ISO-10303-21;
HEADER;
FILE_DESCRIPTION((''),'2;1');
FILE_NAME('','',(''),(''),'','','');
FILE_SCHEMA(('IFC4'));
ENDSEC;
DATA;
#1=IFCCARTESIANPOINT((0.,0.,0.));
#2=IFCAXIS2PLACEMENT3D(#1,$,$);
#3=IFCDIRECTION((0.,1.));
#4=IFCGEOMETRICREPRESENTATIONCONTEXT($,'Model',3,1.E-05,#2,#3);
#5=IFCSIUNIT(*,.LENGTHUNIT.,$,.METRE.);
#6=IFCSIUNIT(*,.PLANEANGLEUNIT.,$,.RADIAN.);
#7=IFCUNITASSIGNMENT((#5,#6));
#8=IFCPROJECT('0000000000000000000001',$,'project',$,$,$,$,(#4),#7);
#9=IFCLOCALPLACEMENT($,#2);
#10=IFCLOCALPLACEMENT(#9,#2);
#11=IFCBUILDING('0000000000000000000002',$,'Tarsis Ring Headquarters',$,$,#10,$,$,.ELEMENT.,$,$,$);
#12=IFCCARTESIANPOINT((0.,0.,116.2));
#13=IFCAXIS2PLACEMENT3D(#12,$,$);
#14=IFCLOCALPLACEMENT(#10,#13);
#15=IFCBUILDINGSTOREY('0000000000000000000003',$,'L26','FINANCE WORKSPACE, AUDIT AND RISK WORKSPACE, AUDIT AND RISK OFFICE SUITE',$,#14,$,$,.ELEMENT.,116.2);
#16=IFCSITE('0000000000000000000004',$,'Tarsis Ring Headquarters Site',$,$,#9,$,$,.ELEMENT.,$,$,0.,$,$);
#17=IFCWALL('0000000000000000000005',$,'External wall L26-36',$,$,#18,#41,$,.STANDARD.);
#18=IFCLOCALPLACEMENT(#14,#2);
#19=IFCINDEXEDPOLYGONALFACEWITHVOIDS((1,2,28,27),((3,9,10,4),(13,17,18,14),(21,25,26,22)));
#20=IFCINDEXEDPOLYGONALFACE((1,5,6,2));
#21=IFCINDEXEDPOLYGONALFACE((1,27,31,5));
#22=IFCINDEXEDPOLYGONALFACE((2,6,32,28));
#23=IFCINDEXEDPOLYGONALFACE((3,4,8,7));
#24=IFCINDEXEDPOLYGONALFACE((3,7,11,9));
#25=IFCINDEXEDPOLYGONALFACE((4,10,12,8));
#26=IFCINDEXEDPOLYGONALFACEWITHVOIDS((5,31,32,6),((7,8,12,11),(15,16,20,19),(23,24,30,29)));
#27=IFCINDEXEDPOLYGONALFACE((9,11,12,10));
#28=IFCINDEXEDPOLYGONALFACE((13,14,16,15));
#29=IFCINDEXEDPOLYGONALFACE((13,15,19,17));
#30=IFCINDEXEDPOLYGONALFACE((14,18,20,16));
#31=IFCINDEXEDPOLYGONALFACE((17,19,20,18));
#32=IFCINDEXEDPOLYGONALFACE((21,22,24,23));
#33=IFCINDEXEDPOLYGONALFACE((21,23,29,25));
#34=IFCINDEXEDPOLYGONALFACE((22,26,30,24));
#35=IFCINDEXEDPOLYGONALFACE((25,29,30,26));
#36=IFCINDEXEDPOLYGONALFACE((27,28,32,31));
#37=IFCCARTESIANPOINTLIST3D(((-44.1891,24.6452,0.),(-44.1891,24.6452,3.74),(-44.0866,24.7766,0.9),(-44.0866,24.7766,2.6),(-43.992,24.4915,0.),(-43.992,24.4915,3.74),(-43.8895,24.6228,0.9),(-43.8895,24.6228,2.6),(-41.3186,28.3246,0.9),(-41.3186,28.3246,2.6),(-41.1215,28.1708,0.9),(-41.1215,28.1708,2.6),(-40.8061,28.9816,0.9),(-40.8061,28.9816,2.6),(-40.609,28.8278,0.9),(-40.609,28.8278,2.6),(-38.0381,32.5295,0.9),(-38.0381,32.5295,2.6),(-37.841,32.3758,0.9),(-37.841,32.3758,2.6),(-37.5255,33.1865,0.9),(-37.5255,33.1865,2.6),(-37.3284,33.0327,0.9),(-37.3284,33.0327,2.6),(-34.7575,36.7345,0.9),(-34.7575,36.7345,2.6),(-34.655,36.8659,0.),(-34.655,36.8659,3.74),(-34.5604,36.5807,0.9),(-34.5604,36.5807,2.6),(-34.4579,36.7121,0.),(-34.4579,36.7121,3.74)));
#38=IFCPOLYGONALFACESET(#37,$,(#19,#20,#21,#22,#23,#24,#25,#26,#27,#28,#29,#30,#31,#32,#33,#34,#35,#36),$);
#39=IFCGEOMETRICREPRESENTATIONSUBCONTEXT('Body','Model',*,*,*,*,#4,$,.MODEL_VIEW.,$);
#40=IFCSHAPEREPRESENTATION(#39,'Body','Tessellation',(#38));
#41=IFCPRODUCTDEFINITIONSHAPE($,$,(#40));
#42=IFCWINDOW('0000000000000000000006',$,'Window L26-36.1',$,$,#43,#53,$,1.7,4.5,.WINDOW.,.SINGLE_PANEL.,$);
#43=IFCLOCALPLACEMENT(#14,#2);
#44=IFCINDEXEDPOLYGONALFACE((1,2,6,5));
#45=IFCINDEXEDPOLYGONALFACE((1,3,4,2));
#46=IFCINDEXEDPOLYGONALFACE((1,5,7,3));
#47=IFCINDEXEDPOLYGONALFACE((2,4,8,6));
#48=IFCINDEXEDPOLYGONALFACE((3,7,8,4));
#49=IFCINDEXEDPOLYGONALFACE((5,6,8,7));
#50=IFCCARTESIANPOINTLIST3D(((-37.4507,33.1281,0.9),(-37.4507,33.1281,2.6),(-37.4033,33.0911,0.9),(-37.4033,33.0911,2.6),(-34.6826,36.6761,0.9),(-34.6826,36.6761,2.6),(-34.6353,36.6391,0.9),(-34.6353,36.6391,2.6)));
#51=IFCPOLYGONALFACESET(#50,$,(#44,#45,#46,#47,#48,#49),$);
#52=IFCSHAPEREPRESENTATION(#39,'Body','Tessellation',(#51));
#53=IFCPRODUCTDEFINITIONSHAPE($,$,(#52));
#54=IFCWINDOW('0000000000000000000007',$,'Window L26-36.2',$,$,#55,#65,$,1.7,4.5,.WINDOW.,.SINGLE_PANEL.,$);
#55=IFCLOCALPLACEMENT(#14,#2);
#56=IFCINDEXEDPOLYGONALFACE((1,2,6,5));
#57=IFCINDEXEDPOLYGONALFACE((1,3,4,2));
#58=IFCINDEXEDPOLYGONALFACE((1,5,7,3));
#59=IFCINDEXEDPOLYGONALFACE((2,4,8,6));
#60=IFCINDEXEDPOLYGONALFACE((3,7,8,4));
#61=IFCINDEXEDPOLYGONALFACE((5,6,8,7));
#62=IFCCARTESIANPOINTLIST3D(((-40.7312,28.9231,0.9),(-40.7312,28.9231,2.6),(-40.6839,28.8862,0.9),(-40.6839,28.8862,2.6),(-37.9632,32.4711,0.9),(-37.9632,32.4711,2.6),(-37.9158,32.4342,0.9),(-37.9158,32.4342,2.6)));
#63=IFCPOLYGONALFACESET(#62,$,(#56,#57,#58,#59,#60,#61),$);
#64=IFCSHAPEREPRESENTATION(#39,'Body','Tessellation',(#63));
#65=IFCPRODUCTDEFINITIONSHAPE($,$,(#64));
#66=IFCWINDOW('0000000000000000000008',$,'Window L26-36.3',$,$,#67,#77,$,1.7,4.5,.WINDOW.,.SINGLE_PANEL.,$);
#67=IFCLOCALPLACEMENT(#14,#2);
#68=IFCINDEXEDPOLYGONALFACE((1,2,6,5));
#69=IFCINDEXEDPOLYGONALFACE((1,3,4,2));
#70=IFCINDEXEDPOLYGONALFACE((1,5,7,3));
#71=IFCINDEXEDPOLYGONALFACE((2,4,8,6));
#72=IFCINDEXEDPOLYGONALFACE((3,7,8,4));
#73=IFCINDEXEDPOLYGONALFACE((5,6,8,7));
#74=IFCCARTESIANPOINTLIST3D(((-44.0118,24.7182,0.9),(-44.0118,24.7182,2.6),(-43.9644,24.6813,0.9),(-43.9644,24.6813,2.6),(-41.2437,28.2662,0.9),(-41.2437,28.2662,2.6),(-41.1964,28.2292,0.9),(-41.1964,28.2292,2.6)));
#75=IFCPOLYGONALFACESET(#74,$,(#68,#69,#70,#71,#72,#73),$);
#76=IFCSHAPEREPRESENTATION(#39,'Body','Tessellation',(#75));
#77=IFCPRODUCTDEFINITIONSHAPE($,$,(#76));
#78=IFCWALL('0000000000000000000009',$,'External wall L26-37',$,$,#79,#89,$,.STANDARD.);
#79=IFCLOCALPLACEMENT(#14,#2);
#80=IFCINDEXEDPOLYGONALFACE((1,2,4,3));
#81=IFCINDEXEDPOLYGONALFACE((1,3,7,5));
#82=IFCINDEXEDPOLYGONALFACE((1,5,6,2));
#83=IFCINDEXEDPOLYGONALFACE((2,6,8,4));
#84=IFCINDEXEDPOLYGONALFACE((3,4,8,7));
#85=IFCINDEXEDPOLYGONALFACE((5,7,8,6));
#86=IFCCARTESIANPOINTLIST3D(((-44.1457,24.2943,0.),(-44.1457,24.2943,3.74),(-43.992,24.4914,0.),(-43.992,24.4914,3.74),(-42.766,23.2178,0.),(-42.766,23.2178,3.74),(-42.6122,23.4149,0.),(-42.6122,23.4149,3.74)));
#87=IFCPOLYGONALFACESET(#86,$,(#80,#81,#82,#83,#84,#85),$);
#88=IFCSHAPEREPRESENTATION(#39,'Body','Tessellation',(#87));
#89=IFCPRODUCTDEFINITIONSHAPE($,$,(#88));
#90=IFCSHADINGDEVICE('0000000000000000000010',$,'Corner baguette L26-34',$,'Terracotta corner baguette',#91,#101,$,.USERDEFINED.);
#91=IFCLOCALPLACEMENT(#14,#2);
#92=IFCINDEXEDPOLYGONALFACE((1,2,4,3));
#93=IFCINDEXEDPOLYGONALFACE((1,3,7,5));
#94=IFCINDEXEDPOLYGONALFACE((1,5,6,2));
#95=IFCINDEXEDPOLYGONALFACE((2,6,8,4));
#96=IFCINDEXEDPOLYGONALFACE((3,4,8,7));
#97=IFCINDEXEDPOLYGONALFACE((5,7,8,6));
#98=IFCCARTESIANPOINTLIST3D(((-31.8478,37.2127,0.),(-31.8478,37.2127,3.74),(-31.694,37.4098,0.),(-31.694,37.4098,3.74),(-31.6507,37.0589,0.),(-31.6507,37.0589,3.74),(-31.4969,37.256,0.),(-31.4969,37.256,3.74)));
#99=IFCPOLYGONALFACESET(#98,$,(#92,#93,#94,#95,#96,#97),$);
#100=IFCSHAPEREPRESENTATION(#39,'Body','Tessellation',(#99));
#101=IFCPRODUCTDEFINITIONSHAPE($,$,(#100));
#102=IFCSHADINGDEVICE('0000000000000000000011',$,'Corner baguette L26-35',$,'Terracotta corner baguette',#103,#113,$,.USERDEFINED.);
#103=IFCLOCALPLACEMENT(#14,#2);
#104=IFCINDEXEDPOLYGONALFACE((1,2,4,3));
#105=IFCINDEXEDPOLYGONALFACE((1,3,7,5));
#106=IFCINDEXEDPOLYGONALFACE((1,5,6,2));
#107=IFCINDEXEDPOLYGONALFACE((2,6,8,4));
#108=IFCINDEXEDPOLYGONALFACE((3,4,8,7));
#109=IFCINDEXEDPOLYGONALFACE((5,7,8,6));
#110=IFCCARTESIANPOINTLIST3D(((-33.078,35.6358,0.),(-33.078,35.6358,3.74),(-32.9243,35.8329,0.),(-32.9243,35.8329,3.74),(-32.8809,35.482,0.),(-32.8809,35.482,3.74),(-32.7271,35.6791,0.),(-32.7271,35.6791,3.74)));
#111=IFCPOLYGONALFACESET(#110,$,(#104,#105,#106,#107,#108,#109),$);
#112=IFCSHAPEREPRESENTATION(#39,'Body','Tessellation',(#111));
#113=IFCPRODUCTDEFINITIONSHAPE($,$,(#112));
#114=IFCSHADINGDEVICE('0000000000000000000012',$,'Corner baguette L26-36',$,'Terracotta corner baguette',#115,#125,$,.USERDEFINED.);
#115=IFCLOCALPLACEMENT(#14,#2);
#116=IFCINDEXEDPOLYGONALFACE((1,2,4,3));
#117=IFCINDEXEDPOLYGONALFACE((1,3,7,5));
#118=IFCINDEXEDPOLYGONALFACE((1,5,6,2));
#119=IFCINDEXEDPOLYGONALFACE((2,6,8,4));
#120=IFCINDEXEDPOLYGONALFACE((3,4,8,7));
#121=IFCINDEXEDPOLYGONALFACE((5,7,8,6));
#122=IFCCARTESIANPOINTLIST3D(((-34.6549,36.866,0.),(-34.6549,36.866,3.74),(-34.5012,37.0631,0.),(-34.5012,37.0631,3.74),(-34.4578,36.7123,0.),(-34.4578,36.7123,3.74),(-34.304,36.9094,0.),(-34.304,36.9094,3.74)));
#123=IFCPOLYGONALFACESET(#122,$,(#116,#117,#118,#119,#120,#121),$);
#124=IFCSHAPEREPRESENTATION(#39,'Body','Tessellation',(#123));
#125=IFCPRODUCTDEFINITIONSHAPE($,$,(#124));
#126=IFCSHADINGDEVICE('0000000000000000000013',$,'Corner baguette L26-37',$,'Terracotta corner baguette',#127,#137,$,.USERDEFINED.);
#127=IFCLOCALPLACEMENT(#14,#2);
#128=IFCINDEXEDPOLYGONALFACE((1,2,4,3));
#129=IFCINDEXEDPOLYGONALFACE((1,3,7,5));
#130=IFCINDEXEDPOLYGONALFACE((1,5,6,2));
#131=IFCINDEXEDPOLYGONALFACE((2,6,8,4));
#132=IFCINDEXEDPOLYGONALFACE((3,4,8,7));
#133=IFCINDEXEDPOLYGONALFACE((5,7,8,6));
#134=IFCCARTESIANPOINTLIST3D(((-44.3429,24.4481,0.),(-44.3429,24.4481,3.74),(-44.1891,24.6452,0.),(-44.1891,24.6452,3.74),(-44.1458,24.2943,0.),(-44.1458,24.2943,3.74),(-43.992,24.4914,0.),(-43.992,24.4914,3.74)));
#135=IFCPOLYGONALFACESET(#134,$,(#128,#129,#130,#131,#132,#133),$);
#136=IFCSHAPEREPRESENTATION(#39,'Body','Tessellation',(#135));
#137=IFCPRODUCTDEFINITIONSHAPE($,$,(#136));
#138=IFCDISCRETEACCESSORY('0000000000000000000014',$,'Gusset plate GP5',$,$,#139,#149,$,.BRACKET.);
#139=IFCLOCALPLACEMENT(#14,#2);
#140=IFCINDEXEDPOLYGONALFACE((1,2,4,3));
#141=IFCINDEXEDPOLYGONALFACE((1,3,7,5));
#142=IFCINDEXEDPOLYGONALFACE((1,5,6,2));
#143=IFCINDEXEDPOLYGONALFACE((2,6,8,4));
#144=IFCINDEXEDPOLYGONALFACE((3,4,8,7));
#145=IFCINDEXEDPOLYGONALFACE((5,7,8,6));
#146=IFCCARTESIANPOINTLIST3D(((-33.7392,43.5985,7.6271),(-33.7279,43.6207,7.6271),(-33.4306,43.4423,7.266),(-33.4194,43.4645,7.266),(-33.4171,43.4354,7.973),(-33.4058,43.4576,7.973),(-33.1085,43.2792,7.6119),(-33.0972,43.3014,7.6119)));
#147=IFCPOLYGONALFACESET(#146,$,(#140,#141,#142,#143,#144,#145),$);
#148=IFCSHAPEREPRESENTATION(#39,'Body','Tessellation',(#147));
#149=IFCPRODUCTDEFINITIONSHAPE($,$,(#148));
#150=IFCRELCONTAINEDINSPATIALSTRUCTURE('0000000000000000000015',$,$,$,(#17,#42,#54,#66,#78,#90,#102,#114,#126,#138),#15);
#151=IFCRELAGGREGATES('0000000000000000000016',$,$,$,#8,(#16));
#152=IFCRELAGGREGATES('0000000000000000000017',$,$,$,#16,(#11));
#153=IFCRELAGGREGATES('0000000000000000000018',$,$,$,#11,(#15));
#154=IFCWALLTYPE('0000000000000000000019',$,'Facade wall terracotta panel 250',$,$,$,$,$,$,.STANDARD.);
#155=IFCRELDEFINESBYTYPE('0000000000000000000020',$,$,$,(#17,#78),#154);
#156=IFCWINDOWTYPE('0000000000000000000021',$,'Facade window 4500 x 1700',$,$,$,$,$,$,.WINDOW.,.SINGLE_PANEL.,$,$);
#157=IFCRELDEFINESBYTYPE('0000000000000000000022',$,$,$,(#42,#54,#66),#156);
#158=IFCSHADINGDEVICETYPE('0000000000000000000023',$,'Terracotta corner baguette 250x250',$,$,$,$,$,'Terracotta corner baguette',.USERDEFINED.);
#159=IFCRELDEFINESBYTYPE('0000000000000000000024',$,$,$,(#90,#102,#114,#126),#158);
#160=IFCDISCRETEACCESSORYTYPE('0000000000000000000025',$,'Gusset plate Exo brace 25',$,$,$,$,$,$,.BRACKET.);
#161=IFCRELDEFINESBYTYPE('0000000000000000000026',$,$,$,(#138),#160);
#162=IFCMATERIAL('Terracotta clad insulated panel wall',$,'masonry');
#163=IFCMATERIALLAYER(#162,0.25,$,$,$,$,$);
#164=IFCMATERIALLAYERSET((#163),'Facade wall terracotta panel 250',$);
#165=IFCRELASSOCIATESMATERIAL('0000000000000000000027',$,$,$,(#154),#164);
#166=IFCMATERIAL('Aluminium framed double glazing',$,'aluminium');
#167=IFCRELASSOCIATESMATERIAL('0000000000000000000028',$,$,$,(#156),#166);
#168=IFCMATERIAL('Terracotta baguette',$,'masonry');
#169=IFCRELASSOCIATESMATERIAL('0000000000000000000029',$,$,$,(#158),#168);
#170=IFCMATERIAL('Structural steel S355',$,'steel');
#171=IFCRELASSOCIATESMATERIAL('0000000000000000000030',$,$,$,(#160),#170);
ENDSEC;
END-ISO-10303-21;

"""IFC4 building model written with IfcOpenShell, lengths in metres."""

from ifc_helpers import new_model, si_unit, direction, frame, frame_2d, origin, origin_2d, place, context, subcontext, project, spatial, rectangle, extrude, material, layer, layer_set, material_profile, profile_set, type_object, element, fill, save


model = new_model("IFC4")

# Units and contexts
model_context = context("Model", 3, precision=1e-05, world=origin(), true_north=direction((0.0, 1.0)))
body_context = subcontext(model_context, "Body", "Model", "MODEL_VIEW")
ifc_project = project(units=[si_unit("LENGTHUNIT", "METRE"), si_unit("PLANEANGLEUNIT", "RADIAN")], contexts=[model_context])

# Site, building, storey
site_placement = place(None, origin())
site = spatial("IfcSite", under=ifc_project, at=site_placement, Name="Tarsis Ring Headquarters Site", CompositionType="ELEMENT", RefElevation=0.0)
building_placement = place(site_placement, origin())
building = spatial("IfcBuilding", under=site, at=building_placement, Name="Tarsis Ring Headquarters", CompositionType="ELEMENT")
storey_placement = place(building_placement, frame((0.0, 0.0, 116.2)))
storey = spatial("IfcBuildingStorey", under=building, at=storey_placement, Name="L26", Description="FINANCE WORKSPACE, AUDIT AND RISK WORKSPACE, AUDIT AND RISK OFFICE SUITE", CompositionType="ELEMENT", Elevation=116.2)

# Shared definitions
ifc_material_1 = material(Name="Structural steel S355", Category="steel")

# Shared definitions
ifc_material_2 = material(Name="Terracotta clad insulated panel wall", Category="masonry")
ifc_layer_1 = layer(ifc_material_2, 0.25)
ifc_layer_set_1 = layer_set([ifc_layer_1], Name="Facade wall terracotta panel 250")
wall_type_1 = type_object("IfcWallType", Name="Facade wall terracotta panel 250", PredefinedType="STANDARD", material=ifc_layer_set_1)

# Wall, openings, windows
wall_1_placement = place(storey_placement, frame((-34.5564, 36.7891, 0.0), z_axis=(0.0, 0.0, 1.0), x_axis=(-0.615113, -0.788439, 0.0)))
wall_1 = element("IfcWall", 1, at=wall_1_placement, inside=storey, type_object=wall_type_1, Name="External wall L26-36", PredefinedType="STANDARD", context=body_context, shape_type="SweptSolid", body=[
    extrude(rectangle(XDim=15.4998, YDim=0.25, at=frame_2d((7.75, 0.0))), origin(), (0.0, 0.0, 1.0), 3.74),
])
opening_1_placement = place(wall_1_placement, frame((0.1667, 0.0, 0.8999)))
opening_1 = element("IfcOpeningElement", 2, at=opening_1_placement, cuts=wall_1, PredefinedType="OPENING", context=body_context, shape_type="SweptSolid", body=[
    extrude(rectangle(XDim=4.5, YDim=1.7, at=frame_2d((2.25, 0.8501))), frame((0.0, 0.135, 0.0), z_axis=(0.0, -1.0, 0.0), x_axis=(1.0, 0.0, 0.0)), (0.0, 0.0, 1.0), 0.27),
])
opening_2_placement = place(wall_1_placement, frame((5.5, 0.0, 0.8999)))
opening_2 = element("IfcOpeningElement", 3, at=opening_2_placement, cuts=wall_1, PredefinedType="OPENING", context=body_context, shape_type="SweptSolid", body=[
    extrude(rectangle(XDim=4.5, YDim=1.7, at=frame_2d((2.25, 0.8501))), frame((0.0, 0.135, 0.0), z_axis=(0.0, -1.0, 0.0), x_axis=(1.0, 0.0, 0.0)), (0.0, 0.0, 1.0), 0.27),
])
opening_3_placement = place(wall_1_placement, frame((10.8333, 0.0, 0.8999)))
opening_3 = element("IfcOpeningElement", 4, at=opening_3_placement, cuts=wall_1, PredefinedType="OPENING", context=body_context, shape_type="SweptSolid", body=[
    extrude(rectangle(XDim=4.5, YDim=1.7, at=frame_2d((2.25, 0.8501))), frame((0.0, 0.135, 0.0), z_axis=(0.0, -1.0, 0.0), x_axis=(1.0, 0.0, 0.0)), (0.0, 0.0, 1.0), 0.27),
])
ifc_material_3 = material(Name="Aluminium framed double glazing", Category="aluminium")
window_type = type_object("IfcWindowType", Name="Facade window 4500 x 1700", PartitioningType="SINGLE_PANEL", PredefinedType="WINDOW", material=ifc_material_3)
window_1_placement = place(opening_1_placement, origin())
window_1 = element("IfcWindow", 5, at=window_1_placement, inside=storey, type_object=window_type, Name="Window L26-36.1", OverallHeight=1.7, OverallWidth=4.5, PartitioningType="SINGLE_PANEL", PredefinedType="WINDOW", context=body_context, shape_type="SweptSolid", body=[
    extrude(rectangle(XDim=4.5, YDim=1.7, at=frame_2d((2.25, 0.8501))), frame((0.0, 0.03, 0.0), z_axis=(0.0, -1.0, 0.0), x_axis=(1.0, 0.0, 0.0)), (0.0, 0.0, 1.0), 0.0601),
])
fill(opening_1, window_1)
window_2_placement = place(opening_2_placement, origin())
window_2 = element("IfcWindow", 6, at=window_2_placement, inside=storey, type_object=window_type, Name="Window L26-36.2", OverallHeight=1.7, OverallWidth=4.5, PartitioningType="SINGLE_PANEL", PredefinedType="WINDOW", context=body_context, shape_type="SweptSolid", body=[
    extrude(rectangle(XDim=4.5, YDim=1.7, at=frame_2d((2.25, 0.8501))), frame((0.0, 0.03, 0.0), z_axis=(0.0, -1.0, 0.0), x_axis=(1.0, 0.0, 0.0)), (0.0, 0.0, 1.0), 0.0601),
])
fill(opening_2, window_2)
window_3_placement = place(opening_3_placement, origin())
window_3 = element("IfcWindow", 7, at=window_3_placement, inside=storey, type_object=window_type, Name="Window L26-36.3", OverallHeight=1.7, OverallWidth=4.5, PartitioningType="SINGLE_PANEL", PredefinedType="WINDOW", context=body_context, shape_type="SweptSolid", body=[
    extrude(rectangle(XDim=4.5, YDim=1.7, at=frame_2d((2.25, 0.8501))), frame((0.0, 0.03, 0.0), z_axis=(0.0, -1.0, 0.0), x_axis=(1.0, 0.0, 0.0)), (0.0, 0.0, 1.0), 0.0601),
])
fill(opening_3, window_3)

# Wall
wall_2_placement = place(storey_placement, frame((-44.0688, 24.3928, 0.0), z_axis=(0.0, 0.0, 1.0), x_axis=(0.78842, -0.615138, 0.0)))
element("IfcWall", 8, at=wall_2_placement, inside=storey, type_object=wall_type_1, Name="External wall L26-37", PredefinedType="STANDARD", context=body_context, shape_type="SweptSolid", body=[
    extrude(rectangle(XDim=1.75, YDim=0.25, at=frame_2d((0.875, 0.0))), origin(), (0.0, 0.0, 1.0), 3.74),
])

# Shading devices
ifc_material_4 = material(Name="Terracotta baguette", Category="masonry")
shading_device_type_1 = type_object("IfcShadingDeviceType", Name="Terracotta corner baguette 250x250", ElementType="Terracotta corner baguette", PredefinedType="USERDEFINED", material=ifc_material_4)
for number, where, z_axis, x_axis, name in (
    (9, (-31.6724, 37.2344, 0.0), (0.0, 0.0, 1.0), (-0.78844, 0.615111, 0.0), "Corner baguette L26-34"),
    (10, (-32.9026, 35.6575, 0.0), (0.0, 0.0, 1.0), (-0.615111, -0.78844, 0.0), "Corner baguette L26-35"),
    (11, (-34.4795, 36.8877, 0.0), (0.0, 0.0, 1.0), (-0.78844, 0.615111, 0.0), "Corner baguette L26-36"),
    (12, (-44.1675, 24.4697, 0.0), (0.0, 0.0, 1.0), (-0.615111, -0.78844, 0.0), "Corner baguette L26-37"),
):
    element("IfcShadingDevice", number, at=place(storey_placement, frame(where, z_axis=z_axis, x_axis=x_axis)), inside=storey, type_object=shading_device_type_1, Name=name, ObjectType="Terracotta corner baguette", PredefinedType="USERDEFINED", context=body_context, shape_type="SweptSolid", body=[
        extrude(rectangle(XDim=0.25, YDim=0.25, at=origin_2d()), origin(), (0.0, 0.0, 1.0), 3.74),
    ])

# Discrete accessory
ifc_material_profile_1 = material_profile(ifc_material_1, rectangle(XDim=0.0249, YDim=0.5, at=origin_2d()), Name="PL 25x500")
ifc_profile_set_1 = profile_set([ifc_material_profile_1], Name="Structural steel S355")
discrete_accessory_type = type_object("IfcDiscreteAccessoryType", Name="Gusset plate Exo brace 25", PredefinedType="BRACKET", material=ifc_profile_set_1)
discrete_accessory_placement = place(storey_placement, frame((-33.5725, 43.5281, 7.8), z_axis=(0.617156, -0.312484, -0.722131), x_axis=(0.451725, 0.892157, 0.0)))
element("IfcDiscreteAccessory", 13, at=discrete_accessory_placement, inside=storey, type_object=discrete_accessory_type, Name="Gusset plate GP5", PredefinedType="BRACKET", context=body_context, shape_type="SweptSolid", body=[
    extrude(rectangle(XDim=0.0249, YDim=0.5, at=origin_2d()), origin(), (0.0, 0.0, 1.0), 0.5),
])

save(model, "model.ifc")
